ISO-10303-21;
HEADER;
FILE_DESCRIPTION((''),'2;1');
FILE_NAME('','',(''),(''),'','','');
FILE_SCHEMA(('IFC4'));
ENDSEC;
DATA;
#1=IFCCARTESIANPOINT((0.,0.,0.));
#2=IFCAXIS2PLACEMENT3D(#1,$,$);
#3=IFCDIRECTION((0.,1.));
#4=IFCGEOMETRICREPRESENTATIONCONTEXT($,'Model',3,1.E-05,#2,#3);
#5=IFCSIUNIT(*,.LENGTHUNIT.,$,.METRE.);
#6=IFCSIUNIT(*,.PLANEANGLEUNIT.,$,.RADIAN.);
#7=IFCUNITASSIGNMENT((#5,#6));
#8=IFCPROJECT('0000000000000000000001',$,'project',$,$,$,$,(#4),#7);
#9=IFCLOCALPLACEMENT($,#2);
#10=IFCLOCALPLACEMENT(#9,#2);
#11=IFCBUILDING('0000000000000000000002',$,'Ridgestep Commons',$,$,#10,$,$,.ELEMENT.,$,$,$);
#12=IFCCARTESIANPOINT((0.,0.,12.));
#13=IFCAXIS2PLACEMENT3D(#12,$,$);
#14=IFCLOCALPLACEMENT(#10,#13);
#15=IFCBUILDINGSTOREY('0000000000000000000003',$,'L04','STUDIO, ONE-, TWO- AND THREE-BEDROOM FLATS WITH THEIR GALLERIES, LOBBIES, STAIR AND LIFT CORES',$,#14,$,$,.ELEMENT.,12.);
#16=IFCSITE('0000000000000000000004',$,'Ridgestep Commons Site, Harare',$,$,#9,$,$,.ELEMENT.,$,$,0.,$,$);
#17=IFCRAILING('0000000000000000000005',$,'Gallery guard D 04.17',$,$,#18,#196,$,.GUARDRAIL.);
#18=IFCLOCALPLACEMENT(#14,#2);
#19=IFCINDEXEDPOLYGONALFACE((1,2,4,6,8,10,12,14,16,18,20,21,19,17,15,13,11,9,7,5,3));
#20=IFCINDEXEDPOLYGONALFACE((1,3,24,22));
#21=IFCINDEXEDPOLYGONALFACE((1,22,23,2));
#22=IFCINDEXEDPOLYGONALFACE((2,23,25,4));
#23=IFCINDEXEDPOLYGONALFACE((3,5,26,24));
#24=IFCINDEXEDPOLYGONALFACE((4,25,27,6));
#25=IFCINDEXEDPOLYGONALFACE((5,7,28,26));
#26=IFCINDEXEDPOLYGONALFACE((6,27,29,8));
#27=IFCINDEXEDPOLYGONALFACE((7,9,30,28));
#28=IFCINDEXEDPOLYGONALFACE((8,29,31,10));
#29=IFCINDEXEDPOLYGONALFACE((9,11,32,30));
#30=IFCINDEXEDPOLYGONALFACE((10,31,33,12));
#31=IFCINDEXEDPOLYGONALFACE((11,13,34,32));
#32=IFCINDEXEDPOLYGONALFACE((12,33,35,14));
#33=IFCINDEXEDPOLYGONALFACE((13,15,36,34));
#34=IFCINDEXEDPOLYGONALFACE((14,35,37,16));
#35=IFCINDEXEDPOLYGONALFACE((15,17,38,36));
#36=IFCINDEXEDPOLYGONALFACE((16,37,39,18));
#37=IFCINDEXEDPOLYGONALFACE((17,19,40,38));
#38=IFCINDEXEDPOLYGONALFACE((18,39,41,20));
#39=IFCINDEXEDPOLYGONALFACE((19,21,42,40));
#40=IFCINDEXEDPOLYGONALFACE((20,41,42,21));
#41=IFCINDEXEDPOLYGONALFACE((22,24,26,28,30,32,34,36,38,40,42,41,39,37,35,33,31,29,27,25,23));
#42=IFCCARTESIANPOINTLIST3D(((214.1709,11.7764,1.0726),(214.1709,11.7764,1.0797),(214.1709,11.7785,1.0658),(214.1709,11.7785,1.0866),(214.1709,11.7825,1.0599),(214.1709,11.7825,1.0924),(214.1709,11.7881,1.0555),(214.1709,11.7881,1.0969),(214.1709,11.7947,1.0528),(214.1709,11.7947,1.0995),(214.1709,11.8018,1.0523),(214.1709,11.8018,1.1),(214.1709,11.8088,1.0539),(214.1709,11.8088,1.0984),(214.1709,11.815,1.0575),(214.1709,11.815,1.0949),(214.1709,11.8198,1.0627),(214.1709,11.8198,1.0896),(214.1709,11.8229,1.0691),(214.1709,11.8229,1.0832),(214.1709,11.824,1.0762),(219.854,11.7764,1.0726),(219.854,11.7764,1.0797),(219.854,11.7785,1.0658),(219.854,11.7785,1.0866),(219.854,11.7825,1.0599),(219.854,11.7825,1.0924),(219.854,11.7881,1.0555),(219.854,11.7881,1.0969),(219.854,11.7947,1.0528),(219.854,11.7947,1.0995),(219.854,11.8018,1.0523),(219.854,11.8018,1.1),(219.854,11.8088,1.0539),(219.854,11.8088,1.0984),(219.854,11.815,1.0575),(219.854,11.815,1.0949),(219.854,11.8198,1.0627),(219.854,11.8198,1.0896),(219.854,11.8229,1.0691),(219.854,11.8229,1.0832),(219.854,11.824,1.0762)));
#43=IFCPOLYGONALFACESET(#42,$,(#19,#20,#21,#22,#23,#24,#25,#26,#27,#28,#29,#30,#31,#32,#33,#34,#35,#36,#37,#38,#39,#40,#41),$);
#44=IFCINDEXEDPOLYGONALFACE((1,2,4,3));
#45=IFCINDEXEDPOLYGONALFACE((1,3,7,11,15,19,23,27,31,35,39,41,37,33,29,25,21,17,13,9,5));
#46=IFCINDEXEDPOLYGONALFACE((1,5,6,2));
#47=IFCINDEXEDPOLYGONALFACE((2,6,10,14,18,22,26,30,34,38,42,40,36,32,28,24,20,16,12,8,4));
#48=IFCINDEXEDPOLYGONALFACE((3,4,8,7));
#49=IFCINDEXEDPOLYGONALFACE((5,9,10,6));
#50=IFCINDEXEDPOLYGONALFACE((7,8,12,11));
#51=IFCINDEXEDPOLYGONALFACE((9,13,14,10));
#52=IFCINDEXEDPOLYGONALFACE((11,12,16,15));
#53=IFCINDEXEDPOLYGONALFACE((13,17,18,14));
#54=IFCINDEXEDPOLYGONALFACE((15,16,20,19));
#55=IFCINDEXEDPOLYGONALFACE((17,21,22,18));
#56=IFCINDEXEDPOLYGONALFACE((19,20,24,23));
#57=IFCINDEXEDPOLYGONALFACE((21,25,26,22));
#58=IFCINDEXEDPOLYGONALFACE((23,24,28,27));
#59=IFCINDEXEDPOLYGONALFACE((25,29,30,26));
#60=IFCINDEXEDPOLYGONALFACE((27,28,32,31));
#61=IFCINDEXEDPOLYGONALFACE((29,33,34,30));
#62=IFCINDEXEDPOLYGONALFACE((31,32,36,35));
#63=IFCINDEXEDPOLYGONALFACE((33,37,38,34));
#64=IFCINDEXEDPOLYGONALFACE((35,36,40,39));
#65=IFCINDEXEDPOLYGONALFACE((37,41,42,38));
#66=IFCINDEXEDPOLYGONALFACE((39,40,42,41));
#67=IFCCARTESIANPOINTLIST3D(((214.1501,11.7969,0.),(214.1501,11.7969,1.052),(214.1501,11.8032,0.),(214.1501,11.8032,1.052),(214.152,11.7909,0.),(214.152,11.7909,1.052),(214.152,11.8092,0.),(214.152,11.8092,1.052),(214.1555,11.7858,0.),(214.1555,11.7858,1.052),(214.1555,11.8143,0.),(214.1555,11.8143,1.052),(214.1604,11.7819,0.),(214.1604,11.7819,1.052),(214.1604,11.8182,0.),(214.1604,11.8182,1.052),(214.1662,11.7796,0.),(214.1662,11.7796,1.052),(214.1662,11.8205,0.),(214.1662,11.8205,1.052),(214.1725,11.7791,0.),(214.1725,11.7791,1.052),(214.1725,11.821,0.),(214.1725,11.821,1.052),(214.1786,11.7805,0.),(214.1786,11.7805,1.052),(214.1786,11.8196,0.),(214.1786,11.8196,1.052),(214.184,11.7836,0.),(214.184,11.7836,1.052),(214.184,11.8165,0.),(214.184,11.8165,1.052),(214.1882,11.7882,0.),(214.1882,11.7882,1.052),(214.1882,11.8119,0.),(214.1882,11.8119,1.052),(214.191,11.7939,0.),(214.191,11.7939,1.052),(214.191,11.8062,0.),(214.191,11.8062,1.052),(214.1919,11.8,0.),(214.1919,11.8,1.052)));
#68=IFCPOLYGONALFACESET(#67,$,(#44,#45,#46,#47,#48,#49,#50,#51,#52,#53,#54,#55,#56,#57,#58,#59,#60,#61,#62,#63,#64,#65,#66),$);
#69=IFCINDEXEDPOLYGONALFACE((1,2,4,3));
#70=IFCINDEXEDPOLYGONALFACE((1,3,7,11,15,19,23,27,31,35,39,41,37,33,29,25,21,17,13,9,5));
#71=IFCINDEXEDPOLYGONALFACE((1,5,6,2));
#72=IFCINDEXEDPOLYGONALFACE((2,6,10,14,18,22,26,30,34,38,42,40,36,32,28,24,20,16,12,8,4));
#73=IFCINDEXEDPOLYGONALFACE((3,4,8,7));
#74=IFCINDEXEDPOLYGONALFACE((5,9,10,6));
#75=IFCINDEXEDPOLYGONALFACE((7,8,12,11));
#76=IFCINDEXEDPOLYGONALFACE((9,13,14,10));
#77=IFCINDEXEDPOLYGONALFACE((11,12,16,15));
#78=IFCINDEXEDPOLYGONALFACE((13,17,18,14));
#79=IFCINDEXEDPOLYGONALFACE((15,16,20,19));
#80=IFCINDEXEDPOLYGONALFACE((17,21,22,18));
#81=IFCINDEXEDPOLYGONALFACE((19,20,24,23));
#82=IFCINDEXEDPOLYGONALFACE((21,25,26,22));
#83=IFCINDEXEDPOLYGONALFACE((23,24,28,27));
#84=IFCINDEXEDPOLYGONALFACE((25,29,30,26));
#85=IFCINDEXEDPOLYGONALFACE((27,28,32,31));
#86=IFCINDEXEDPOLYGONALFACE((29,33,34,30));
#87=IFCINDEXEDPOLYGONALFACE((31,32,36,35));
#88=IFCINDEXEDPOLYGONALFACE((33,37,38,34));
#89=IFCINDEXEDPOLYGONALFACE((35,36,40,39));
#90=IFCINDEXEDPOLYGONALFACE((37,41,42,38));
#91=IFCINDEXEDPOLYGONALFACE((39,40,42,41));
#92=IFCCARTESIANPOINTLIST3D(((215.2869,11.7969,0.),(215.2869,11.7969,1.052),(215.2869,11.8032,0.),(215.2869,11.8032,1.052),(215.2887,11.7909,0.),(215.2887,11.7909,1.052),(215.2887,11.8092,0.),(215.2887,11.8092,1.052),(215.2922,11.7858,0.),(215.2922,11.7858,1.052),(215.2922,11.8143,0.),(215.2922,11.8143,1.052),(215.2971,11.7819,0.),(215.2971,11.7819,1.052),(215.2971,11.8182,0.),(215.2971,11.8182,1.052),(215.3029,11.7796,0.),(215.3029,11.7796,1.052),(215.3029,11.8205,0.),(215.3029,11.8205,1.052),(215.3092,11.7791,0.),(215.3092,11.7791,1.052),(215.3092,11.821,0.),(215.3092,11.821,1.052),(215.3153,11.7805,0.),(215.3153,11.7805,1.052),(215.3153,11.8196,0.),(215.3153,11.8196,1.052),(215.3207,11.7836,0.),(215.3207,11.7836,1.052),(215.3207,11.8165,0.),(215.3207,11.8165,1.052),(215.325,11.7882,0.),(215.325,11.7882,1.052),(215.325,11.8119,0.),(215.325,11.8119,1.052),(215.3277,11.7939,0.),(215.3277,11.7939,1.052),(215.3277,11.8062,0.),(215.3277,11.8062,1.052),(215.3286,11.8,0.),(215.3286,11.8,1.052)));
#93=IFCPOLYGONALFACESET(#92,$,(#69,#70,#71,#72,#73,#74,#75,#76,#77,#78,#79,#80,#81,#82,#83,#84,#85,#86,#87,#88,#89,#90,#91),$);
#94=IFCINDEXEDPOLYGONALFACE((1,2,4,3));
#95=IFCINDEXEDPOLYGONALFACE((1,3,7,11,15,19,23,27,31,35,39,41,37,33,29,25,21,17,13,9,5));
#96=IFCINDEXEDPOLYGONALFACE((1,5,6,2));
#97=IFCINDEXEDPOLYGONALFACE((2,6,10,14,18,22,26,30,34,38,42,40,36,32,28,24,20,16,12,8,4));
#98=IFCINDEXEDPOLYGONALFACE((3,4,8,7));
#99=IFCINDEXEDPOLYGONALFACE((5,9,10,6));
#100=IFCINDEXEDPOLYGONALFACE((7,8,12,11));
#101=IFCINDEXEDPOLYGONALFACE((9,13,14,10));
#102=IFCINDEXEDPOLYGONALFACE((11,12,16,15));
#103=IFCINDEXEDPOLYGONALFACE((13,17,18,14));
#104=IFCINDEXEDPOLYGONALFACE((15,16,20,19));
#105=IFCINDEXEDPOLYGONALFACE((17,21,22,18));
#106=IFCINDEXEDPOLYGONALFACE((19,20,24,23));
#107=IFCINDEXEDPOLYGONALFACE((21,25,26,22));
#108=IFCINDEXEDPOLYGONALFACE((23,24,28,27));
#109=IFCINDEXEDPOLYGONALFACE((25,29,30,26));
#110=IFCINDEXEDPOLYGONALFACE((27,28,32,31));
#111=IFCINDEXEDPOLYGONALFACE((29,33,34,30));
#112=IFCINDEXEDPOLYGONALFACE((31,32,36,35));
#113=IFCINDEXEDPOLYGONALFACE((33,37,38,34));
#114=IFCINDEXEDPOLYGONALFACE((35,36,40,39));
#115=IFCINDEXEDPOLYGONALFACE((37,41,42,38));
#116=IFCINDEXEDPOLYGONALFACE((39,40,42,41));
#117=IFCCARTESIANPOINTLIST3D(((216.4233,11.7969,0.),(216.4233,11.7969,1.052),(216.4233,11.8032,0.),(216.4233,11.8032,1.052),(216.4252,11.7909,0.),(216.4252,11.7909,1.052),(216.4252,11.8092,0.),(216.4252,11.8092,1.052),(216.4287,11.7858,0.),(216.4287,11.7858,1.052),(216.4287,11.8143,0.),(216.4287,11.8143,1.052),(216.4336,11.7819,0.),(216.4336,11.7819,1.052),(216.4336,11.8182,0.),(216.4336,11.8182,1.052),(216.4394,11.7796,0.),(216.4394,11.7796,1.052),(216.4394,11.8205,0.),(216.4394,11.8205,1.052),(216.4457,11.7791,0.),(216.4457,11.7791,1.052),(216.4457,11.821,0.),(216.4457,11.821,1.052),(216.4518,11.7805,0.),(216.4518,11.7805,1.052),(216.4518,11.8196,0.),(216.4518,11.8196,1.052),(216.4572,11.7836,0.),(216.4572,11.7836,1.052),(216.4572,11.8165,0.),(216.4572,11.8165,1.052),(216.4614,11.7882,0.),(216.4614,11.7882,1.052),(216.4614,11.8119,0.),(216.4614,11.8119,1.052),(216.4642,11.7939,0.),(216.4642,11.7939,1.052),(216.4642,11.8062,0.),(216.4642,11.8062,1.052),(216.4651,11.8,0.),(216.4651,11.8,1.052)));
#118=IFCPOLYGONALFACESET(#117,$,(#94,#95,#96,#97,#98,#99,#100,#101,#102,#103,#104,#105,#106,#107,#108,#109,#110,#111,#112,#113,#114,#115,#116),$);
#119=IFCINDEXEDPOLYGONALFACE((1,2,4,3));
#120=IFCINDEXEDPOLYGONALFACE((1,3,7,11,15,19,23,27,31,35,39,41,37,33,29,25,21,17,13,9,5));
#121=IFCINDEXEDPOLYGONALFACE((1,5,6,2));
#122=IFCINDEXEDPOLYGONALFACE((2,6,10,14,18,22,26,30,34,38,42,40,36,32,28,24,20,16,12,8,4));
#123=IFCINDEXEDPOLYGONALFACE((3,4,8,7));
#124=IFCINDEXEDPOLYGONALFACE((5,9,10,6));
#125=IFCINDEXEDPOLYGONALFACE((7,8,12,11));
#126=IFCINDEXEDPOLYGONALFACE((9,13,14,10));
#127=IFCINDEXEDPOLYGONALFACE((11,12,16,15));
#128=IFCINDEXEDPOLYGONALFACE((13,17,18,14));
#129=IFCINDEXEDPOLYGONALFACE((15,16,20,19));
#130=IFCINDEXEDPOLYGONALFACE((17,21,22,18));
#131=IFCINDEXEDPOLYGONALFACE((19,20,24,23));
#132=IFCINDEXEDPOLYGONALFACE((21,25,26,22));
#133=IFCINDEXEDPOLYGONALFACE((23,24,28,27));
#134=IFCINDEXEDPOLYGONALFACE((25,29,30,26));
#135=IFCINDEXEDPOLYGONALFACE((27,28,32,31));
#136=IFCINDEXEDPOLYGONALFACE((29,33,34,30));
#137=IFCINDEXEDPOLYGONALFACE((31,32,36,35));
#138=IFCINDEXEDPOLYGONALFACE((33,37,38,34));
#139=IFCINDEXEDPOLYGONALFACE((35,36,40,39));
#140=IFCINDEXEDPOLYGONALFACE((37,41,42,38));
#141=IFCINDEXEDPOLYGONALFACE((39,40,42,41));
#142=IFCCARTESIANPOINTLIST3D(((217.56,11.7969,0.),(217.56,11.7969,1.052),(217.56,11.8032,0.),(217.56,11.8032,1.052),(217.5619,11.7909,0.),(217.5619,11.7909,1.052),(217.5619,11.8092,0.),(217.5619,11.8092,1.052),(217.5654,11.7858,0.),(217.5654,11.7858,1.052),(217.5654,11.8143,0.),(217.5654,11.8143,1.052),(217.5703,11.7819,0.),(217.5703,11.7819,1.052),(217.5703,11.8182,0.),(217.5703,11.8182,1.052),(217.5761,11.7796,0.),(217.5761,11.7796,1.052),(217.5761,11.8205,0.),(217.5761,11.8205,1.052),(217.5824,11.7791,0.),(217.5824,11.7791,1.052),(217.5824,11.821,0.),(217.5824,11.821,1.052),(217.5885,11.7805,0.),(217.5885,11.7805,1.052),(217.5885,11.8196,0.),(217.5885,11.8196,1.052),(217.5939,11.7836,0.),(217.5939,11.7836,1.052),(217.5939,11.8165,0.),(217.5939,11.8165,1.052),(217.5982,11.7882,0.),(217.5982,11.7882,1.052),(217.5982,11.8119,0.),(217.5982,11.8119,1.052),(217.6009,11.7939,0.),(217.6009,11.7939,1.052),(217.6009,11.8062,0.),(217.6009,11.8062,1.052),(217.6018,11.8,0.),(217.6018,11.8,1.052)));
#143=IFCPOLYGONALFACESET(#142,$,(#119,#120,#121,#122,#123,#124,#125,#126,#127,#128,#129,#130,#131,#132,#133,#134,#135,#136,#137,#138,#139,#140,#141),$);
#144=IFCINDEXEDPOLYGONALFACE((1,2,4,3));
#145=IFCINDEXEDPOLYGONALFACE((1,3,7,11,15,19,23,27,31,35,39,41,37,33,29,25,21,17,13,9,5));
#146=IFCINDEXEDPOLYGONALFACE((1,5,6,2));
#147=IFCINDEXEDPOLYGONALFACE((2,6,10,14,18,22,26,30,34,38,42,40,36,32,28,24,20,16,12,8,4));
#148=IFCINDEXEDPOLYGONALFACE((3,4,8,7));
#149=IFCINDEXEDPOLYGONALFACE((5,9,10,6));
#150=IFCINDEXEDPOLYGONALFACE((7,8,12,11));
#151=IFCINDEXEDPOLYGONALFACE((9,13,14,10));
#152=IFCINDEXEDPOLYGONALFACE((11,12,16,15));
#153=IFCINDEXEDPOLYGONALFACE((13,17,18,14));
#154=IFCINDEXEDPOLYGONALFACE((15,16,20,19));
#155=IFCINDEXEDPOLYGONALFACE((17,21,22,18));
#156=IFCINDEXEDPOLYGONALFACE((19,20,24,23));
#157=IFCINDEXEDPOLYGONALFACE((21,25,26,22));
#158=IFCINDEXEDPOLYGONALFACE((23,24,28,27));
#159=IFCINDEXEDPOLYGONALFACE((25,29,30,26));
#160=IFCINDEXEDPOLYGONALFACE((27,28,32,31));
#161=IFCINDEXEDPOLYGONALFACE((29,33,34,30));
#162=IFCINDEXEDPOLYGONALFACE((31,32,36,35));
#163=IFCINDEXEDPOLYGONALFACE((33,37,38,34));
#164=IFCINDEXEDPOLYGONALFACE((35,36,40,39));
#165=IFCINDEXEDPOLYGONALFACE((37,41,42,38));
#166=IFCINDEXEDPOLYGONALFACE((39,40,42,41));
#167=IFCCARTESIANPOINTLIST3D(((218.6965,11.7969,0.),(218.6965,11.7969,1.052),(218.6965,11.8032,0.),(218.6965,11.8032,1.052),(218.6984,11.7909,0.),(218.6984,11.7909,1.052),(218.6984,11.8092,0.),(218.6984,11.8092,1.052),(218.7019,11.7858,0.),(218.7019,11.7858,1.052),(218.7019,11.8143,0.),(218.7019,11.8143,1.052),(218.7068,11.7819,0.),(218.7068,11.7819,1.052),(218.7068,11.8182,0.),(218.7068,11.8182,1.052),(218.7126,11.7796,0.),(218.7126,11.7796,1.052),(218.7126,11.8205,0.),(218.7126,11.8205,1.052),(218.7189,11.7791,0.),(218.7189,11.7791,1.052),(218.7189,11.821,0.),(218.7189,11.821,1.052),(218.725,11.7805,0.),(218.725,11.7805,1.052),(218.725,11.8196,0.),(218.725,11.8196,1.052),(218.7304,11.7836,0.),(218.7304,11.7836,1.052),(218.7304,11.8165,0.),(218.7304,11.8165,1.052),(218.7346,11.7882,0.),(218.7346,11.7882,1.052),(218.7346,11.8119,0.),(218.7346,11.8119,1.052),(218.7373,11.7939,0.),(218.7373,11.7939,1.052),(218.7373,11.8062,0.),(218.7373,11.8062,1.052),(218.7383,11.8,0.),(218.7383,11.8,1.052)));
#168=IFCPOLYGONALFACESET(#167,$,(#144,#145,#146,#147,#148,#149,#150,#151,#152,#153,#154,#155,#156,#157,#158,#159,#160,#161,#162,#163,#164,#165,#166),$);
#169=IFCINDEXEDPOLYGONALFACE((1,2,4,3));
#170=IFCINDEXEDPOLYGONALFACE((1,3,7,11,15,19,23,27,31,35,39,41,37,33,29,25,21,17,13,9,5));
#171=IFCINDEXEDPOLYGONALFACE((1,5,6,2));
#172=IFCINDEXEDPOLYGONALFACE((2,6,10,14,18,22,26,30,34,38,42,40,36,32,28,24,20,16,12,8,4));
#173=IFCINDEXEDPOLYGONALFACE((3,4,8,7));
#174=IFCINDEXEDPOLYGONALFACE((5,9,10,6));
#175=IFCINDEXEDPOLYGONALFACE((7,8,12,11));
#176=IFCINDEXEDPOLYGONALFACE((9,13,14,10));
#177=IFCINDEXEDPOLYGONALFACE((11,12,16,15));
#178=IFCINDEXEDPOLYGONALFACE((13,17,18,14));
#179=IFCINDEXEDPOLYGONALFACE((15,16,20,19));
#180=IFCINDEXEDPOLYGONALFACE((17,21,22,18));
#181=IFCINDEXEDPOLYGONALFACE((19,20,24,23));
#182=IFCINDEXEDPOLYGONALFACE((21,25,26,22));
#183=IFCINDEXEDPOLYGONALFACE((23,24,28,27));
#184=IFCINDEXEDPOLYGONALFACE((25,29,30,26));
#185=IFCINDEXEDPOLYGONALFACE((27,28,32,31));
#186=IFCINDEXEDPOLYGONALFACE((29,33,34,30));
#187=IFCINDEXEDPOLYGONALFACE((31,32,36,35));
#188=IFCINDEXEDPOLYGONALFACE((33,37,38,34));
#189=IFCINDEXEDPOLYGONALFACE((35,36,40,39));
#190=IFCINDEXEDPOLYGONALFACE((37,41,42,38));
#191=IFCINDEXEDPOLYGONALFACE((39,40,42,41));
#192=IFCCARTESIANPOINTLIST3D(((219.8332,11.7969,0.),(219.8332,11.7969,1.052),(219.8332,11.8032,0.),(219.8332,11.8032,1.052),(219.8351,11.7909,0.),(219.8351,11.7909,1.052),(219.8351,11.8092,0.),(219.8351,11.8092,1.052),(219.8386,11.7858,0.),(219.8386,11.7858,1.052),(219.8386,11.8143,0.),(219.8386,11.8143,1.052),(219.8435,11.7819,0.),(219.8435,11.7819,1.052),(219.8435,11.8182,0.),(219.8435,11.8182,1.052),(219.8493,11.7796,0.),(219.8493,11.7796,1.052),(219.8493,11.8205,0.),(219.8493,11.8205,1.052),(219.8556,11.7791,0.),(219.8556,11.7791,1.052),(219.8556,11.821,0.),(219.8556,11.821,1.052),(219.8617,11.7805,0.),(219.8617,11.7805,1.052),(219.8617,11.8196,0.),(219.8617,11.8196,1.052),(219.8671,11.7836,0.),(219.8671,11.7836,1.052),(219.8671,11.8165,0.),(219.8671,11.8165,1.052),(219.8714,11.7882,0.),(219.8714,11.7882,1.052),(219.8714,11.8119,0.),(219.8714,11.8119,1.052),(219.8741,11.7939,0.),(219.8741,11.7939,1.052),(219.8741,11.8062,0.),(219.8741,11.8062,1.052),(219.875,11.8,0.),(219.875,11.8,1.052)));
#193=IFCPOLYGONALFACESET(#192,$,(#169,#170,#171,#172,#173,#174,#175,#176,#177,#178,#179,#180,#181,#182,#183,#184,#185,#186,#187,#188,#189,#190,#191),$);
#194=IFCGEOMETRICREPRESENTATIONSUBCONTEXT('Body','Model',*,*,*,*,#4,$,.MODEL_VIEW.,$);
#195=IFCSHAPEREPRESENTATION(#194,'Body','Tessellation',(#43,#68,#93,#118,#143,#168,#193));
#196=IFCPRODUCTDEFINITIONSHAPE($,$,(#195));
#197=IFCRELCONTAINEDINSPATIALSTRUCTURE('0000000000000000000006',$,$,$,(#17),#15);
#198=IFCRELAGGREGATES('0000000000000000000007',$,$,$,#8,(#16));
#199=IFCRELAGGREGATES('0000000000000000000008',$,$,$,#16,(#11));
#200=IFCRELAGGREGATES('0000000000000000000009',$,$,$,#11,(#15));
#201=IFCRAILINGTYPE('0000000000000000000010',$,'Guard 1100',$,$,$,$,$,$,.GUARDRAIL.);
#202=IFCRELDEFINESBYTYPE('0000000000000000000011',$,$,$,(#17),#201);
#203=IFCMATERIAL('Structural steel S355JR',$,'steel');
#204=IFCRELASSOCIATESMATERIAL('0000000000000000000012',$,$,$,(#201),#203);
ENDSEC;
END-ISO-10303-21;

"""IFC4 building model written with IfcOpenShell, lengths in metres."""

from ifc_helpers import new_model, si_unit, direction, frame, origin, origin_2d, place, context, subcontext, project, spatial, circle, extrude, material, type_object, element, save


model = new_model("IFC4")

# Units and contexts
model_context = context("Model", 3, precision=1e-05, world=origin(), true_north=direction((0.0, 1.0)))
body_context = subcontext(model_context, "Body", "Model", "MODEL_VIEW")
ifc_project = project(units=[si_unit("LENGTHUNIT", "METRE"), si_unit("PLANEANGLEUNIT", "RADIAN")], contexts=[model_context])

# Site, building, storey
site_placement = place(None, origin())
site = spatial("IfcSite", under=ifc_project, at=site_placement, Name="Ridgestep Commons Site, Harare", CompositionType="ELEMENT", RefElevation=0.0)
building_placement = place(site_placement, origin())
building = spatial("IfcBuilding", under=site, at=building_placement, Name="Ridgestep Commons", CompositionType="ELEMENT")
storey_placement = place(building_placement, frame((0.0, 0.0, 12.0)))
storey = spatial("IfcBuildingStorey", under=building, at=storey_placement, Name="L04", Description="STUDIO, ONE-, TWO- AND THREE-BEDROOM FLATS WITH THEIR GALLERIES, LOBBIES, STAIR AND LIFT CORES", CompositionType="ELEMENT", Elevation=12.0)

# Railing
ifc_material_1 = material(Name="Structural steel S355JR", Category="steel")
railing_type_1 = type_object("IfcRailingType", Name="Guard 1100", PredefinedType="GUARDRAIL", material=ifc_material_1)
railing_1_placement = place(storey_placement, frame((214.1709, 11.8, 0.0)))
element("IfcRailing", 1, at=railing_1_placement, inside=storey, type_object=railing_type_1, Name="Gallery guard D 04.17", PredefinedType="GUARDRAIL", context=body_context, shape_type="SweptSolid", body=[
    extrude(circle(Radius=0.0239, at=origin_2d()), frame((0.0, 0.0, 1.0762), z_axis=(1.0, 0.0, 0.0), x_axis=(0.0, 1.0, 0.0)), (0.0, 0.0, 1.0), 5.6831),
    extrude(circle(Radius=0.021, at=origin_2d()), origin(), (0.0, 0.0, 1.0), 1.052),
    extrude(circle(Radius=0.021, at=origin_2d()), frame((1.1367, 0.0, 0.0)), (0.0, 0.0, 1.0), 1.052),
    extrude(circle(Radius=0.021, at=origin_2d()), frame((2.2732, 0.0, 0.0)), (0.0, 0.0, 1.0), 1.052),
    extrude(circle(Radius=0.021, at=origin_2d()), frame((3.4099, 0.0, 0.0)), (0.0, 0.0, 1.0), 1.052),
    extrude(circle(Radius=0.021, at=origin_2d()), frame((4.5464, 0.0, 0.0)), (0.0, 0.0, 1.0), 1.052),
    extrude(circle(Radius=0.021, at=origin_2d()), frame((5.6831, 0.0, 0.0)), (0.0, 0.0, 1.0), 1.052),
])

save(model, "model.ifc")
